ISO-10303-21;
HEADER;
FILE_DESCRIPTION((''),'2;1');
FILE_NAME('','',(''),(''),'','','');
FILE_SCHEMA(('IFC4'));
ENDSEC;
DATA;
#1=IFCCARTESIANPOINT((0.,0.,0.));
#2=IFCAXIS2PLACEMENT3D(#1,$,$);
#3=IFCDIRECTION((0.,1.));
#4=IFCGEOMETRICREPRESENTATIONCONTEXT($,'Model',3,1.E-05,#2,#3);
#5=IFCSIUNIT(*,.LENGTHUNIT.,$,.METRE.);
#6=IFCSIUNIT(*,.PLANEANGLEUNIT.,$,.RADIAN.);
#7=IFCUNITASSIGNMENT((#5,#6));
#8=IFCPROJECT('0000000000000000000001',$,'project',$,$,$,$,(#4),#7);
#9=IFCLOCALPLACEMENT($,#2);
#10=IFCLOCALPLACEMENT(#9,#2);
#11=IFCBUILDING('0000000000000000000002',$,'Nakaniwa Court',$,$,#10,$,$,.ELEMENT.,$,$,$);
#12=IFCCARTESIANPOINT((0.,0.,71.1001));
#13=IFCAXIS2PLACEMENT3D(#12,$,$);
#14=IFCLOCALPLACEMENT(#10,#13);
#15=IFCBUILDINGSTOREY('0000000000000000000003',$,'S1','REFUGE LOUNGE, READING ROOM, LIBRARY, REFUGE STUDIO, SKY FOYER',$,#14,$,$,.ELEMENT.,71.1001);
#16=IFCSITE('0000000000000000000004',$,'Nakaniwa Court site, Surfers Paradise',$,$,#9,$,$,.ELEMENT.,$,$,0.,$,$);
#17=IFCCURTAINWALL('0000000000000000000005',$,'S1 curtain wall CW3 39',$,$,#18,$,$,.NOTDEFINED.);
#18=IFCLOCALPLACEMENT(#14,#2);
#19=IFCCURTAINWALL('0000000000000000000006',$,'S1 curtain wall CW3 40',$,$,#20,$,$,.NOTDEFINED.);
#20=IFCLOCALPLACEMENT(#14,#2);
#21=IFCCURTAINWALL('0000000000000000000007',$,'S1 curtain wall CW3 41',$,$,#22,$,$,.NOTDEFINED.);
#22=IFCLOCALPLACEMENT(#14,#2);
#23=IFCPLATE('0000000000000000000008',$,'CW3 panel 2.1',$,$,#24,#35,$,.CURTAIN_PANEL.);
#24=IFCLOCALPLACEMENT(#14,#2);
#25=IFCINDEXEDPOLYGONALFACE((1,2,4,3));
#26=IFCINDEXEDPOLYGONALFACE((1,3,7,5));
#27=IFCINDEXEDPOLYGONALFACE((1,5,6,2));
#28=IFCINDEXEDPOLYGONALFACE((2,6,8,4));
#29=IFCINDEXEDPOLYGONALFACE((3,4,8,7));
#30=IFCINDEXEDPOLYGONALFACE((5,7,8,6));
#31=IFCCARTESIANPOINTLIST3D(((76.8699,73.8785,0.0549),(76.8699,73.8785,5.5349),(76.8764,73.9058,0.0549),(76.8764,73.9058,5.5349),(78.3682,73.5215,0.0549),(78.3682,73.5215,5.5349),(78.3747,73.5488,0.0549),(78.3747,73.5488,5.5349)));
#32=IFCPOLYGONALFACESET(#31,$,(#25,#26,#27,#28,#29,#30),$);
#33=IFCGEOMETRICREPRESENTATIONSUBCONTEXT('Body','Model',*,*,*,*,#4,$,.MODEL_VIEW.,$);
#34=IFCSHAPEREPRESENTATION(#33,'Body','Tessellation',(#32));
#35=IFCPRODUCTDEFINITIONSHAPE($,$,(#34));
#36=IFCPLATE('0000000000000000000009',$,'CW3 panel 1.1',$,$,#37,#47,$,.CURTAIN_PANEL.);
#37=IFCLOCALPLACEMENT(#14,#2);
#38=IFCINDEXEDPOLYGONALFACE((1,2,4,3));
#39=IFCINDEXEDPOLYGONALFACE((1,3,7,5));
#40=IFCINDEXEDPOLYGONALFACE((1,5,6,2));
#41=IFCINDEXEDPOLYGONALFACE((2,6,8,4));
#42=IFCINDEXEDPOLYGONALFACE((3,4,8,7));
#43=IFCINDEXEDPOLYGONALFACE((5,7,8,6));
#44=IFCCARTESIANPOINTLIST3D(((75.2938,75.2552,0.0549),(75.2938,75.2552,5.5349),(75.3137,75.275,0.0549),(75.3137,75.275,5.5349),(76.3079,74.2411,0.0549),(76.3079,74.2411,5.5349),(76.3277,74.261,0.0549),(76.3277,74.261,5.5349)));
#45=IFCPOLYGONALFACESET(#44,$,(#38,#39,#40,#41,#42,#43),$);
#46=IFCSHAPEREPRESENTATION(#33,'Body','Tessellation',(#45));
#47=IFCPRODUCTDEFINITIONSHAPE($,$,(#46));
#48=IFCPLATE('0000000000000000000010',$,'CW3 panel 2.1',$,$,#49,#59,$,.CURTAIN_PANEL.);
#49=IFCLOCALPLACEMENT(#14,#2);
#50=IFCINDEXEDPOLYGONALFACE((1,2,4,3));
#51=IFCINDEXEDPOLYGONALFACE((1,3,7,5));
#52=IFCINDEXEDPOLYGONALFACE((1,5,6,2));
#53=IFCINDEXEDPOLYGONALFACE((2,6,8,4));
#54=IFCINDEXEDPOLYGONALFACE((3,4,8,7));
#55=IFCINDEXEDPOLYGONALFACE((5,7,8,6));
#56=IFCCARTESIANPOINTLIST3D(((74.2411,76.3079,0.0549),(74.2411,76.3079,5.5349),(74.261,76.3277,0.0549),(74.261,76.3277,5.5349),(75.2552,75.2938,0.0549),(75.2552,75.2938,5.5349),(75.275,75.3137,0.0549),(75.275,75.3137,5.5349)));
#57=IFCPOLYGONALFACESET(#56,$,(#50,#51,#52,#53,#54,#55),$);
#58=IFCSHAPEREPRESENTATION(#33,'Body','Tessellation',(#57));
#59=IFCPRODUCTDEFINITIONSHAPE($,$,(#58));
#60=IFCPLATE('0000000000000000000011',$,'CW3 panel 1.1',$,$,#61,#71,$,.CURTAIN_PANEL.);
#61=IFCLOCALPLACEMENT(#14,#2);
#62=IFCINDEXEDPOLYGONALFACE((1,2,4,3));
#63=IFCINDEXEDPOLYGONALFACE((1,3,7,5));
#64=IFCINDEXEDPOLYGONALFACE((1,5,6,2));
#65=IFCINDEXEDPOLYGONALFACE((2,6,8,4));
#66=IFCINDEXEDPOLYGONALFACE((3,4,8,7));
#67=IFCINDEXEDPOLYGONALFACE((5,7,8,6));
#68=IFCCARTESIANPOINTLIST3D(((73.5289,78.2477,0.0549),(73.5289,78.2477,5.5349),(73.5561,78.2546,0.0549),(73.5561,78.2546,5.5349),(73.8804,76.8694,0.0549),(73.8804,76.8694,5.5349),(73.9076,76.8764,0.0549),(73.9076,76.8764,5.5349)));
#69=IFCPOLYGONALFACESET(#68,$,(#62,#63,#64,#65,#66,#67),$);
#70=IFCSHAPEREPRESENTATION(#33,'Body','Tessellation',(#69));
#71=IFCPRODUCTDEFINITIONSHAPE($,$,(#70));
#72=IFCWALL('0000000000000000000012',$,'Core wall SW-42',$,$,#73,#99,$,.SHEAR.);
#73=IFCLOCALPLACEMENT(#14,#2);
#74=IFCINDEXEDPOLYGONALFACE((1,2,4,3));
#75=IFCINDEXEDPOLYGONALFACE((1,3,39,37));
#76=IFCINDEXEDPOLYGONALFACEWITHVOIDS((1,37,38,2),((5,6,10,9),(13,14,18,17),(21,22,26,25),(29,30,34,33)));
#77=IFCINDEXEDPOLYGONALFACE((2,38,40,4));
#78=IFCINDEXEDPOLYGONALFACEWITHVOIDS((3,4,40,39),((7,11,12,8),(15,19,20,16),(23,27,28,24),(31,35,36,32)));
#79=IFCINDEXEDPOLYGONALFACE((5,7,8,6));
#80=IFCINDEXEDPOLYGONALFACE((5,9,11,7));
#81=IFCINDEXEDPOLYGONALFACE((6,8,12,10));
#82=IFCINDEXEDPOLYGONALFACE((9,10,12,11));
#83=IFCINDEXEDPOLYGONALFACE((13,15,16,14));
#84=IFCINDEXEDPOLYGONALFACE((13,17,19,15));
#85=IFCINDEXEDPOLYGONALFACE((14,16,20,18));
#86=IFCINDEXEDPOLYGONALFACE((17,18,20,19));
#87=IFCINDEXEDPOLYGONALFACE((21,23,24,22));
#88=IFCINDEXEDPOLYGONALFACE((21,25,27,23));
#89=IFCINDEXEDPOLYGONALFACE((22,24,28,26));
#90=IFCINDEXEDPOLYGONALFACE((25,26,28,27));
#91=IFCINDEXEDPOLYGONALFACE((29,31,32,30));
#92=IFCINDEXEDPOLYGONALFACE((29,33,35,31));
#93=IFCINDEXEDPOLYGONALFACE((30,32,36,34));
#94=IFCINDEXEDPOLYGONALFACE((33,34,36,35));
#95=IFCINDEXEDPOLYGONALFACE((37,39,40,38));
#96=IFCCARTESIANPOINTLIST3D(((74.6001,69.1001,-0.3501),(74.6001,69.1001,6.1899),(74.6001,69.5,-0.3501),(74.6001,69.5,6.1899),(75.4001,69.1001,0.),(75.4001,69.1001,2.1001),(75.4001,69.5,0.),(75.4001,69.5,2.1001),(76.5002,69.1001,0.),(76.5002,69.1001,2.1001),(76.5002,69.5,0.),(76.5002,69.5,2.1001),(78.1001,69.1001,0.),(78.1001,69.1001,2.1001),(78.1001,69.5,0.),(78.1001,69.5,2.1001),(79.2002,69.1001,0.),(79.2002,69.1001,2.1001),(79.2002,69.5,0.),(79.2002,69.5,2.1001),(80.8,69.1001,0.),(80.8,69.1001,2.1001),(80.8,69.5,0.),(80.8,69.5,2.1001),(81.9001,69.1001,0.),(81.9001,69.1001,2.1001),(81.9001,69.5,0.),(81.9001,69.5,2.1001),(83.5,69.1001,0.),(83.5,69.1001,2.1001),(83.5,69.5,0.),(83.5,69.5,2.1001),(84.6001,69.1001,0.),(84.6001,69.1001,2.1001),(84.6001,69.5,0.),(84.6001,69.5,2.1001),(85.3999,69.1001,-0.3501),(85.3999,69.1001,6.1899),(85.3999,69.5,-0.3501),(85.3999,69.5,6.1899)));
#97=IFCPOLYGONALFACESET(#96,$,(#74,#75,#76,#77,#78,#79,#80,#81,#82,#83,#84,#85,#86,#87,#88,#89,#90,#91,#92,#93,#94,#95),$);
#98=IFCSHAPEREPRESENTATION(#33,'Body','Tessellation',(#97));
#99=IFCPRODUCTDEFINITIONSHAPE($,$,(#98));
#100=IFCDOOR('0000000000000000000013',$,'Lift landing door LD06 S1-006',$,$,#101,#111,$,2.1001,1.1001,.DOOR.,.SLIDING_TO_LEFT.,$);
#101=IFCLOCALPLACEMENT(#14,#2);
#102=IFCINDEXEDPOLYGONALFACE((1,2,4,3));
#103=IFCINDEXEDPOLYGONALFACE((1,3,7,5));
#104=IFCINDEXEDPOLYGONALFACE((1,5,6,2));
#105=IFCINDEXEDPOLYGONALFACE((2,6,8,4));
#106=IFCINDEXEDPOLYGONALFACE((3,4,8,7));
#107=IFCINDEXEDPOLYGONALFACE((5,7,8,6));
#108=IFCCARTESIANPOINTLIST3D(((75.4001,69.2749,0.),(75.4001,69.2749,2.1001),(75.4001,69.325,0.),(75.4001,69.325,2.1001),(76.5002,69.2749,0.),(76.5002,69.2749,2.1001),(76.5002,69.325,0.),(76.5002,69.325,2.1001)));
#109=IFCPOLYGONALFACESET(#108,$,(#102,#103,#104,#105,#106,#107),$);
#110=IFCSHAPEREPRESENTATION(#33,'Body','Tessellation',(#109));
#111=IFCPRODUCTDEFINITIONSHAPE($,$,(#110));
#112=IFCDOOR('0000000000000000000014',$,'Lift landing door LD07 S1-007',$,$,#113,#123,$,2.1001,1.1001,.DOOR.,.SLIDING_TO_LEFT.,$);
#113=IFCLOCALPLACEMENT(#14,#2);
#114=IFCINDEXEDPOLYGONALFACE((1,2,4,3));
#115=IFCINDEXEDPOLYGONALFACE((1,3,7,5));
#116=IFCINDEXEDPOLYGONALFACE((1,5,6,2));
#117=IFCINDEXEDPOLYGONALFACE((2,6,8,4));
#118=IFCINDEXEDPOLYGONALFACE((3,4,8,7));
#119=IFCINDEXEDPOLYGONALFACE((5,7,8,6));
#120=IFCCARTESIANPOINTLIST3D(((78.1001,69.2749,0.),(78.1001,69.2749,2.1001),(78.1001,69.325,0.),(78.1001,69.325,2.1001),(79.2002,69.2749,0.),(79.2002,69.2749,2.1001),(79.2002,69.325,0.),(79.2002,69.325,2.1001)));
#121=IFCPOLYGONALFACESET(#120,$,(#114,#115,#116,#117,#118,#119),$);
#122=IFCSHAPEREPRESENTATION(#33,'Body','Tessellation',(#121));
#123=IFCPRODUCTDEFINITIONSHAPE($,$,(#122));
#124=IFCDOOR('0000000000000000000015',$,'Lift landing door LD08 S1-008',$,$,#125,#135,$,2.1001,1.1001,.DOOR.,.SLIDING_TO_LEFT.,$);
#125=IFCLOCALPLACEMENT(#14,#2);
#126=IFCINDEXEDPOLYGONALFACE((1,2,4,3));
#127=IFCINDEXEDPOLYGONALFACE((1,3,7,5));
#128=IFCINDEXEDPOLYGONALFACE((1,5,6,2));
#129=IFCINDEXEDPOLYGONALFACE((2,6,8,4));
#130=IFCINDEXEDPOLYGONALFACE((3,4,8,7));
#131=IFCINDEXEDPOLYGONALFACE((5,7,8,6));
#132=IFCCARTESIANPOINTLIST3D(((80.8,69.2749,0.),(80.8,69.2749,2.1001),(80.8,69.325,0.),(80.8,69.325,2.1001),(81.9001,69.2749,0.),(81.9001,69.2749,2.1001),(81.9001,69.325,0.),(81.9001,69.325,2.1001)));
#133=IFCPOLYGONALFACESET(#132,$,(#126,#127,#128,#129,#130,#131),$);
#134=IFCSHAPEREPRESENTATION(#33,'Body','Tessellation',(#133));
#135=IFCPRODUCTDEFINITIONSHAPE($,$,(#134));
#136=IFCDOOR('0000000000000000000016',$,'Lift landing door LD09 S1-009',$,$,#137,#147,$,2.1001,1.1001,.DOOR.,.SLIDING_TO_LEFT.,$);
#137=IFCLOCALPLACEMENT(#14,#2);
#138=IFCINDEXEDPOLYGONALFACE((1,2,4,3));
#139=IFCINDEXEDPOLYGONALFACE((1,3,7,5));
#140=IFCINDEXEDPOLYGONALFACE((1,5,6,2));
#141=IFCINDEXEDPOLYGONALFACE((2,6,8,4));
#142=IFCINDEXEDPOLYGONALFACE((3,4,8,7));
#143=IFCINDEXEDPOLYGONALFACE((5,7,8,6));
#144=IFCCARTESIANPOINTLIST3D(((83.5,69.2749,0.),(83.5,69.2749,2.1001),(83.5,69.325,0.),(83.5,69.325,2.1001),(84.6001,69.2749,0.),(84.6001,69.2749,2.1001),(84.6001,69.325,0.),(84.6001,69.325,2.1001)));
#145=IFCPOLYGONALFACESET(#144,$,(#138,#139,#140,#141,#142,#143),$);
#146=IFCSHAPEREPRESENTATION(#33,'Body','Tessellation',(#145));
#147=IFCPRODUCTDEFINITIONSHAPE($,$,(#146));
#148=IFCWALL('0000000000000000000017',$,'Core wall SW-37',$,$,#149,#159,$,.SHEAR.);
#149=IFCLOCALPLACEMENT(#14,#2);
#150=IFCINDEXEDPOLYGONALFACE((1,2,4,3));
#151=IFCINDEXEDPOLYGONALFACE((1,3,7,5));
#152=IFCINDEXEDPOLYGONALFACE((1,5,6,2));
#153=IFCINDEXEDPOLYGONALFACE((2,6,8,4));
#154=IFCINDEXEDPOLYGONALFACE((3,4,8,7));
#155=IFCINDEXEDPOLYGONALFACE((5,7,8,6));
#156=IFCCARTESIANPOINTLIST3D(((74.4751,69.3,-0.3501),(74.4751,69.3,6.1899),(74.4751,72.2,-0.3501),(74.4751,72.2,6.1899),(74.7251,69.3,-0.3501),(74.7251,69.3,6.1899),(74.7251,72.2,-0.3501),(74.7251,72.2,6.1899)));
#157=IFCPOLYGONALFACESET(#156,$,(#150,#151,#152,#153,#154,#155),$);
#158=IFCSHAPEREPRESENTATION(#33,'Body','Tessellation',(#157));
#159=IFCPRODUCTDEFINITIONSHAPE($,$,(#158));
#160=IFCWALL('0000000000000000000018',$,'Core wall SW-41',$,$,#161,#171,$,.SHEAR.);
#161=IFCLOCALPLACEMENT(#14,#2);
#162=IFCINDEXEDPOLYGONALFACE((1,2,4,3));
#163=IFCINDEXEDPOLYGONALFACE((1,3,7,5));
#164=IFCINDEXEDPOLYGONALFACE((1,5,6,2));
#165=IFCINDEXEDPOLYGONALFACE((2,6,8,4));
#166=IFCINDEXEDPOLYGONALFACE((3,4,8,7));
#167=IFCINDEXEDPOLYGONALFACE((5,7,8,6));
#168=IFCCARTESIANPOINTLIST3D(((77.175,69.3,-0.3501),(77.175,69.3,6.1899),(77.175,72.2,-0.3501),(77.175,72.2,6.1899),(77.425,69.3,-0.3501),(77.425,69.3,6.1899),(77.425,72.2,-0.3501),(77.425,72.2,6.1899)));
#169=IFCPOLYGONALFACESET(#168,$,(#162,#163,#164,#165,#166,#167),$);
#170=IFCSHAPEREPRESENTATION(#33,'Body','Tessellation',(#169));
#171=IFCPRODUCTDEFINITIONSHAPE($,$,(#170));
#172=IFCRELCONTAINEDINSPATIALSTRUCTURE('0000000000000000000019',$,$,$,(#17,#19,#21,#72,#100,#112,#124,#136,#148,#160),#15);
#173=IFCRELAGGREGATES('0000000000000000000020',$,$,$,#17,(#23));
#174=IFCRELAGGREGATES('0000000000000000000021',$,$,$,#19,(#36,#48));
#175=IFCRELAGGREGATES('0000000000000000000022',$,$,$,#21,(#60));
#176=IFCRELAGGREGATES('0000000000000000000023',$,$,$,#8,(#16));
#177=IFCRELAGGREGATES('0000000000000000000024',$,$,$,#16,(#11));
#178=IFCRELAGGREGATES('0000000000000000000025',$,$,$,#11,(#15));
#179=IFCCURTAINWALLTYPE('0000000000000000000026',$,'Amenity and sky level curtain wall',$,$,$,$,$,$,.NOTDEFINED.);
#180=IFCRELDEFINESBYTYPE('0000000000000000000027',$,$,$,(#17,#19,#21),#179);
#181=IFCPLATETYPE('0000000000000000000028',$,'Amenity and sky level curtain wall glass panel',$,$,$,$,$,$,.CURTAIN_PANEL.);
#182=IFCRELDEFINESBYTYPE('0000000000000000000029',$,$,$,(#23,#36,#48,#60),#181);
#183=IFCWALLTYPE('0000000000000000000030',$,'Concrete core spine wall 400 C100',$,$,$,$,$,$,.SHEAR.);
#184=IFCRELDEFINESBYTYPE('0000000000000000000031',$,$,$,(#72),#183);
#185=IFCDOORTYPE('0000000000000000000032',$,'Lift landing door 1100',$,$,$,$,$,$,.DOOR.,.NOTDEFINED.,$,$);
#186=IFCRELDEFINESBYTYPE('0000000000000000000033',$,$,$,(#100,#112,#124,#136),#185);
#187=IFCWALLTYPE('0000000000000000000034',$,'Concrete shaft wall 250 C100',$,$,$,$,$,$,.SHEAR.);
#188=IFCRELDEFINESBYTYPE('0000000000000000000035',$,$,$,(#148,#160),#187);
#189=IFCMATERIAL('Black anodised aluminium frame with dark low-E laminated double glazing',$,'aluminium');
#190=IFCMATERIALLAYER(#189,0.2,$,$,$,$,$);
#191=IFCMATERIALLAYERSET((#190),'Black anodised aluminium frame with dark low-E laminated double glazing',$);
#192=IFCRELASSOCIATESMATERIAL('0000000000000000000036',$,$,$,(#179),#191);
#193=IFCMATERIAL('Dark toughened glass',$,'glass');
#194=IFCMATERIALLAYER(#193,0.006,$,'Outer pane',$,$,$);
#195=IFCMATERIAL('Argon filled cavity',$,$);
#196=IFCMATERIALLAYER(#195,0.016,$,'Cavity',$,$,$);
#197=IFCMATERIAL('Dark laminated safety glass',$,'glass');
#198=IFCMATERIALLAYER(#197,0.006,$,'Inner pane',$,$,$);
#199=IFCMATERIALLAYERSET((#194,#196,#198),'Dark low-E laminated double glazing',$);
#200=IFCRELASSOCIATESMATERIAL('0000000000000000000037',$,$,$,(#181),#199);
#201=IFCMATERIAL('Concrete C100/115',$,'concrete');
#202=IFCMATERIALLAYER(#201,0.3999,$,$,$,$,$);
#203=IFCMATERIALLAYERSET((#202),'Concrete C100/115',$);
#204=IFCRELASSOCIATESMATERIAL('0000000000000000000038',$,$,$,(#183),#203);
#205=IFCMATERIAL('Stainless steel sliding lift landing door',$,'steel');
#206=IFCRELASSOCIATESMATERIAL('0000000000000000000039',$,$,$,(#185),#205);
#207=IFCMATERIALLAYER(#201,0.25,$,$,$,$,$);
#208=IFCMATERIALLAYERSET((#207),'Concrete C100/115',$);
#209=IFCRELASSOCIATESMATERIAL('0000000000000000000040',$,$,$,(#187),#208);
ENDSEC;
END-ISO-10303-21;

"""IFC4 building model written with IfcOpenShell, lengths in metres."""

from ifc_helpers import new_model, si_unit, direction, frame, frame_2d, origin, origin_2d, place, context, subcontext, project, spatial, rectangle, extrude, material, layer, layer_set, type_object, element, fill, aggregate, save


model = new_model("IFC4")

# Units and contexts
model_context = context("Model", 3, precision=1e-05, world=origin(), true_north=direction((0.0, 1.0)))
body_context = subcontext(model_context, "Body", "Model", "MODEL_VIEW")
ifc_project = project(units=[si_unit("LENGTHUNIT", "METRE"), si_unit("PLANEANGLEUNIT", "RADIAN")], contexts=[model_context])

# Site, building, storey
site_placement = place(None, origin())
site = spatial("IfcSite", under=ifc_project, at=site_placement, Name="Nakaniwa Court site, Surfers Paradise", CompositionType="ELEMENT", RefElevation=0.0)
building_placement = place(site_placement, origin())
building = spatial("IfcBuilding", under=site, at=building_placement, Name="Nakaniwa Court", CompositionType="ELEMENT")
storey_placement = place(building_placement, frame((0.0, 0.0, 71.1001)))
storey = spatial("IfcBuildingStorey", under=building, at=storey_placement, Name="S1", Description="REFUGE LOUNGE, READING ROOM, LIBRARY, REFUGE STUDIO, SKY FOYER", CompositionType="ELEMENT", Elevation=71.1001)

# Curtain wall
ifc_material_1 = material(Name="Black anodised aluminium frame with dark low-E laminated double glazing", Category="aluminium")
ifc_layer_1 = layer(ifc_material_1, 0.2)
ifc_layer_set_1 = layer_set([ifc_layer_1], Name="Black anodised aluminium frame with dark low-E laminated double glazing")
curtain_wall_type = type_object("IfcCurtainWallType", Name="Amenity and sky level curtain wall", PredefinedType="NOTDEFINED", material=ifc_layer_set_1)
curtain_wall_1_placement = place(storey_placement, origin())
curtain_wall_1 = element("IfcCurtainWall", 1, at=curtain_wall_1_placement, inside=storey, type_object=curtain_wall_type, Name="S1 curtain wall CW3 39", PredefinedType="NOTDEFINED")

# Curtain walls
curtain_wall_2_placement = place(storey_placement, origin())
curtain_wall_2 = element("IfcCurtainWall", 2, at=curtain_wall_2_placement, inside=storey, type_object=curtain_wall_type, Name="S1 curtain wall CW3 40", PredefinedType="NOTDEFINED")
curtain_wall_3_placement = place(storey_placement, origin())
curtain_wall_3 = element("IfcCurtainWall", 3, at=curtain_wall_3_placement, inside=storey, type_object=curtain_wall_type, Name="S1 curtain wall CW3 41", PredefinedType="NOTDEFINED")

# Plates
ifc_material_2 = material(Name="Dark toughened glass", Category="glass")
ifc_layer_2 = layer(ifc_material_2, 0.006, Name="Outer pane")
ifc_material_3 = material(Name="Argon filled cavity")
ifc_layer_3 = layer(ifc_material_3, 0.016, Name="Cavity")
ifc_material_4 = material(Name="Dark laminated safety glass", Category="glass")
ifc_layer_4 = layer(ifc_material_4, 0.006, Name="Inner pane")
ifc_layer_set_2 = layer_set([ifc_layer_2, ifc_layer_3, ifc_layer_4], Name="Dark low-E laminated double glazing")
plate_type = type_object("IfcPlateType", Name="Amenity and sky level curtain wall glass panel", PredefinedType="CURTAIN_PANEL", material=ifc_layer_set_2)
plate_1_placement = place(storey_placement, frame((77.6223, 73.7136, 0.0549), z_axis=(0.0, 0.0, 1.0), x_axis=(-0.972766, 0.231791, 0.0)))
plate_1 = element("IfcPlate", 4, at=plate_1_placement, type_object=plate_type, Name="CW3 panel 2.1", PredefinedType="CURTAIN_PANEL", context=body_context, shape_type="SweptSolid", body=[
    extrude(rectangle(XDim=1.5403, YDim=0.0281, at=origin_2d()), origin(), (0.0, 0.0, 1.0), 5.48),
])
aggregate(curtain_wall_1, [plate_1])
plate_2_placement = place(storey_placement, frame((75.8108, 74.7581, 0.0549), z_axis=(0.0, 0.0, 1.0), x_axis=(-0.707107, 0.707107, 0.0)))
plate_2 = element("IfcPlate", 5, at=plate_2_placement, type_object=plate_type, Name="CW3 panel 1.1", PredefinedType="CURTAIN_PANEL", context=body_context, shape_type="SweptSolid", body=[
    extrude(rectangle(XDim=1.4341, YDim=0.0281, at=origin_2d()), origin(), (0.0, 0.0, 1.0), 5.48),
])
plate_3_placement = place(storey_placement, frame((74.7581, 75.8108, 0.0549), z_axis=(0.0, 0.0, 1.0), x_axis=(-0.707107, 0.707107, 0.0)))
plate_3 = element("IfcPlate", 6, at=plate_3_placement, type_object=plate_type, Name="CW3 panel 2.1", PredefinedType="CURTAIN_PANEL", context=body_context, shape_type="SweptSolid", body=[
    extrude(rectangle(XDim=1.4341, YDim=0.0281, at=origin_2d()), origin(), (0.0, 0.0, 1.0), 5.48),
])
aggregate(curtain_wall_2, [plate_2, plate_3])
plate_4_placement = place(storey_placement, frame((73.7183, 77.562, 0.0549), z_axis=(0.0, 0.0, 1.0), x_axis=(-0.247114, 0.968986, 0.0)))
plate_4 = element("IfcPlate", 7, at=plate_4_placement, type_object=plate_type, Name="CW3 panel 1.1", PredefinedType="CURTAIN_PANEL", context=body_context, shape_type="SweptSolid", body=[
    extrude(rectangle(XDim=1.4224, YDim=0.0281, at=origin_2d()), origin(), (0.0, 0.0, 1.0), 5.48),
])
aggregate(curtain_wall_3, [plate_4])

# Wall, openings, doors
ifc_material_5 = material(Name="Concrete C100/115", Category="concrete")
ifc_layer_5 = layer(ifc_material_5, 0.3999)
ifc_layer_set_3 = layer_set([ifc_layer_5], Name="Concrete C100/115")
wall_type_1 = type_object("IfcWallType", Name="Concrete core spine wall 400 C100", PredefinedType="SHEAR", material=ifc_layer_set_3)
wall_placement = place(storey_placement, frame((74.6001, 69.3, -0.3501), z_axis=(0.0, 0.0, 1.0), x_axis=(1.0, 0.0, 0.0)))
wall = element("IfcWall", 8, at=wall_placement, inside=storey, type_object=wall_type_1, Name="Core wall SW-42", PredefinedType="SHEAR", context=body_context, shape_type="SweptSolid", body=[
    extrude(rectangle(XDim=10.7998, YDim=0.3999, at=frame_2d((5.3999, 0.0))), origin(), (0.0, 0.0, 1.0), 6.54),
])
opening_1_placement = place(wall_placement, frame((0.8, 0.0, 0.3501)))
opening_1 = element("IfcOpeningElement", 9, at=opening_1_placement, cuts=wall, PredefinedType="OPENING", context=body_context, shape_type="SweptSolid", body=[
    extrude(rectangle(XDim=1.1001, YDim=2.1001, at=frame_2d((0.55, 1.05))), frame((0.0, 0.21, 0.0), z_axis=(0.0, -1.0, 0.0), x_axis=(1.0, 0.0, 0.0)), (0.0, 0.0, 1.0), 0.4199),
])
opening_2_placement = place(wall_placement, frame((3.5, 0.0, 0.3501)))
opening_2 = element("IfcOpeningElement", 10, at=opening_2_placement, cuts=wall, PredefinedType="OPENING", context=body_context, shape_type="SweptSolid", body=[
    extrude(rectangle(XDim=1.1001, YDim=2.1001, at=frame_2d((0.55, 1.05))), frame((0.0, 0.21, 0.0), z_axis=(0.0, -1.0, 0.0), x_axis=(1.0, 0.0, 0.0)), (0.0, 0.0, 1.0), 0.4199),
])
opening_3_placement = place(wall_placement, frame((6.2, 0.0, 0.3501)))
opening_3 = element("IfcOpeningElement", 11, at=opening_3_placement, cuts=wall, PredefinedType="OPENING", context=body_context, shape_type="SweptSolid", body=[
    extrude(rectangle(XDim=1.1001, YDim=2.1001, at=frame_2d((0.55, 1.05))), frame((0.0, 0.21, 0.0), z_axis=(0.0, -1.0, 0.0), x_axis=(1.0, 0.0, 0.0)), (0.0, 0.0, 1.0), 0.4199),
])
opening_4_placement = place(wall_placement, frame((8.8999, 0.0, 0.3501)))
opening_4 = element("IfcOpeningElement", 12, at=opening_4_placement, cuts=wall, PredefinedType="OPENING", context=body_context, shape_type="SweptSolid", body=[
    extrude(rectangle(XDim=1.1001, YDim=2.1001, at=frame_2d((0.55, 1.05))), frame((0.0, 0.21, 0.0), z_axis=(0.0, -1.0, 0.0), x_axis=(1.0, 0.0, 0.0)), (0.0, 0.0, 1.0), 0.4199),
])
ifc_material_6 = material(Name="Stainless steel sliding lift landing door", Category="steel")
door_type = type_object("IfcDoorType", Name="Lift landing door 1100", OperationType="NOTDEFINED", PredefinedType="DOOR", material=ifc_material_6)
door_1_placement = place(opening_1_placement, origin())
door_1 = element("IfcDoor", 13, at=door_1_placement, inside=storey, type_object=door_type, Name="Lift landing door LD06 S1-006", OperationType="SLIDING_TO_LEFT", OverallHeight=2.1001, OverallWidth=1.1001, PredefinedType="DOOR", context=body_context, shape_type="SweptSolid", body=[
    extrude(rectangle(XDim=1.1001, YDim=2.1001, at=frame_2d((0.55, 1.05))), frame((0.0, 0.0249, 0.0), z_axis=(0.0, -1.0, 0.0), x_axis=(1.0, 0.0, 0.0)), (0.0, 0.0, 1.0), 0.05),
])
fill(opening_1, door_1)
door_2_placement = place(opening_2_placement, origin())
door_2 = element("IfcDoor", 14, at=door_2_placement, inside=storey, type_object=door_type, Name="Lift landing door LD07 S1-007", OperationType="SLIDING_TO_LEFT", OverallHeight=2.1001, OverallWidth=1.1001, PredefinedType="DOOR", context=body_context, shape_type="SweptSolid", body=[
    extrude(rectangle(XDim=1.1001, YDim=2.1001, at=frame_2d((0.55, 1.05))), frame((0.0, 0.0249, 0.0), z_axis=(0.0, -1.0, 0.0), x_axis=(1.0, 0.0, 0.0)), (0.0, 0.0, 1.0), 0.05),
])
fill(opening_2, door_2)
door_3_placement = place(opening_3_placement, origin())
door_3 = element("IfcDoor", 15, at=door_3_placement, inside=storey, type_object=door_type, Name="Lift landing door LD08 S1-008", OperationType="SLIDING_TO_LEFT", OverallHeight=2.1001, OverallWidth=1.1001, PredefinedType="DOOR", context=body_context, shape_type="SweptSolid", body=[
    extrude(rectangle(XDim=1.1001, YDim=2.1001, at=frame_2d((0.55, 1.05))), frame((0.0, 0.0249, 0.0), z_axis=(0.0, -1.0, 0.0), x_axis=(1.0, 0.0, 0.0)), (0.0, 0.0, 1.0), 0.05),
])
fill(opening_3, door_3)
door_4_placement = place(opening_4_placement, origin())
door_4 = element("IfcDoor", 16, at=door_4_placement, inside=storey, type_object=door_type, Name="Lift landing door LD09 S1-009", OperationType="SLIDING_TO_LEFT", OverallHeight=2.1001, OverallWidth=1.1001, PredefinedType="DOOR", context=body_context, shape_type="SweptSolid", body=[
    extrude(rectangle(XDim=1.1001, YDim=2.1001, at=frame_2d((0.55, 1.05))), frame((0.0, 0.0249, 0.0), z_axis=(0.0, -1.0, 0.0), x_axis=(1.0, 0.0, 0.0)), (0.0, 0.0, 1.0), 0.05),
])
fill(opening_4, door_4)

# Walls
ifc_layer_6 = layer(ifc_material_5, 0.25)
ifc_layer_set_4 = layer_set([ifc_layer_6], Name="Concrete C100/115")
wall_type_2 = type_object("IfcWallType", Name="Concrete shaft wall 250 C100", PredefinedType="SHEAR", material=ifc_layer_set_4)
for number, where, z_axis, x_axis, name in (
    (17, (74.6001, 69.3, -0.3501), (0.0, 0.0, 1.0), (0.0, 1.0, 0.0), "Core wall SW-37"),
    (18, (77.3, 69.3, -0.3501), (0.0, 0.0, 1.0), (0.0, 1.0, 0.0), "Core wall SW-41"),
):
    element("IfcWall", number, at=place(storey_placement, frame(where, z_axis=z_axis, x_axis=x_axis)), inside=storey, type_object=wall_type_2, Name=name, PredefinedType="SHEAR", context=body_context, shape_type="SweptSolid", body=[
        extrude(rectangle(XDim=2.8999, YDim=0.25, at=frame_2d((1.45, 0.0))), origin(), (0.0, 0.0, 1.0), 6.54),
    ])

save(model, "model.ifc")
